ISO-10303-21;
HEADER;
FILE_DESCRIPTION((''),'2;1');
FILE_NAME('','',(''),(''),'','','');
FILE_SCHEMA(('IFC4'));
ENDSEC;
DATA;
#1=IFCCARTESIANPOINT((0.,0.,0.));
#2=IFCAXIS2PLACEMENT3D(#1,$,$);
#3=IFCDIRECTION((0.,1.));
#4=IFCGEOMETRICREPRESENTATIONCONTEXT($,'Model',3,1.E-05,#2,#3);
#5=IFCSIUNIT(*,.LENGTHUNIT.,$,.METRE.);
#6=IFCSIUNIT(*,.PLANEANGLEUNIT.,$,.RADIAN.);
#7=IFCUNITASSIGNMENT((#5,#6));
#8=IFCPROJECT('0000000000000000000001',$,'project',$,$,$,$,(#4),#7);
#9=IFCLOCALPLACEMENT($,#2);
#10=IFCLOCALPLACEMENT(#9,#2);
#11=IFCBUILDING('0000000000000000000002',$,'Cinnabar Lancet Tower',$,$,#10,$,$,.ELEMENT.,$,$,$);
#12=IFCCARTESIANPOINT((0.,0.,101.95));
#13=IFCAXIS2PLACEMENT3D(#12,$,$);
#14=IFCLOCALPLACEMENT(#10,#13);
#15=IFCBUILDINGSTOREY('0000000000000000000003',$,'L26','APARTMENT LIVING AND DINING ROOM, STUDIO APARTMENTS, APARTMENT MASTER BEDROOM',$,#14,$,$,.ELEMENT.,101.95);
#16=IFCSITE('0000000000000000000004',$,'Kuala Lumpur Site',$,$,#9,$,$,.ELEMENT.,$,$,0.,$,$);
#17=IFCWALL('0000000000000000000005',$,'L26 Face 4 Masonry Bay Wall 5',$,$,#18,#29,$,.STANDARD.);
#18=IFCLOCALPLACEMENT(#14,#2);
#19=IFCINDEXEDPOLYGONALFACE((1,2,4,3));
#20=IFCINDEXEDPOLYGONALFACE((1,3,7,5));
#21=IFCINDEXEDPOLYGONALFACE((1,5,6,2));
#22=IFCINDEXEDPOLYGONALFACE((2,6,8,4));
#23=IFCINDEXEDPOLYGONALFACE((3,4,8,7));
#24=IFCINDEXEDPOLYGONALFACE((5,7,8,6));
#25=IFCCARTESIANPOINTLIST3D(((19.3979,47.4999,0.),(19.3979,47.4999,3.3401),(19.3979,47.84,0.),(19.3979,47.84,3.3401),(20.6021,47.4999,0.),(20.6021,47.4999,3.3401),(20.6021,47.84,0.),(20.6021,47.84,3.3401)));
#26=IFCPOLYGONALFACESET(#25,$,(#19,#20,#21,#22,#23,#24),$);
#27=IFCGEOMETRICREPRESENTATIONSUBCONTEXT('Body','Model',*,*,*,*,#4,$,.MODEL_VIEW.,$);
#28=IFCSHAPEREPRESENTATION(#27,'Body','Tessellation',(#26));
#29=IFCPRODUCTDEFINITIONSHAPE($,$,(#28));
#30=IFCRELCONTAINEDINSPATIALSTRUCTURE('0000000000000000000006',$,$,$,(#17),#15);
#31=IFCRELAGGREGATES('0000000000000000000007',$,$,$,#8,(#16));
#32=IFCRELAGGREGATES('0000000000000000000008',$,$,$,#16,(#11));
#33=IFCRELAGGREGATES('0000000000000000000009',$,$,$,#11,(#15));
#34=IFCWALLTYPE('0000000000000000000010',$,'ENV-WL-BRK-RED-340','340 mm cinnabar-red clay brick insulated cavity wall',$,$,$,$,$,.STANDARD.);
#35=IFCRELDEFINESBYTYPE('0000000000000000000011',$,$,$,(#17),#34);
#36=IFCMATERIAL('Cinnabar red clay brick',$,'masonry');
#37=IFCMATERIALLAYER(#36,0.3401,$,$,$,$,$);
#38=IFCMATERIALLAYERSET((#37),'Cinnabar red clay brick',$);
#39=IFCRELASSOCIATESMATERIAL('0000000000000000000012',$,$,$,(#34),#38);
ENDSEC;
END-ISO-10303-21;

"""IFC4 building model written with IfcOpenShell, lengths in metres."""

from ifc_helpers import new_model, si_unit, direction, frame, frame_2d, origin, place, context, subcontext, project, spatial, rectangle, extrude, material, layer, layer_set, type_object, element, save


model = new_model("IFC4")

# Units and contexts
model_context = context("Model", 3, precision=1e-05, world=origin(), true_north=direction((0.0, 1.0)))
body_context = subcontext(model_context, "Body", "Model", "MODEL_VIEW")
ifc_project = project(units=[si_unit("LENGTHUNIT", "METRE"), si_unit("PLANEANGLEUNIT", "RADIAN")], contexts=[model_context])

# Site, building, storey
site_placement = place(None, origin())
site = spatial("IfcSite", under=ifc_project, at=site_placement, Name="Kuala Lumpur Site", CompositionType="ELEMENT", RefElevation=0.0)
building_placement = place(site_placement, origin())
building = spatial("IfcBuilding", under=site, at=building_placement, Name="Cinnabar Lancet Tower", CompositionType="ELEMENT")
storey_placement = place(building_placement, frame((0.0, 0.0, 101.95)))
storey = spatial("IfcBuildingStorey", under=building, at=storey_placement, Name="L26", Description="APARTMENT LIVING AND DINING ROOM, STUDIO APARTMENTS, APARTMENT MASTER BEDROOM", CompositionType="ELEMENT", Elevation=101.95)

# Shared definitions
ifc_material_1 = material(Name="Cinnabar red clay brick", Category="masonry")
ifc_layer_1 = layer(ifc_material_1, 0.3401)
ifc_layer_set_1 = layer_set([ifc_layer_1], Name="Cinnabar red clay brick")
wall_type_1 = type_object("IfcWallType", Name="ENV-WL-BRK-RED-340", Description="340 mm cinnabar-red clay brick insulated cavity wall", PredefinedType="STANDARD", material=ifc_layer_set_1)

# Wall
wall_1_placement = place(storey_placement, frame((20.6021, 47.6699, 0.0), z_axis=(0.0, 0.0, 1.0), x_axis=(-1.0, 0.0, 0.0)))
element("IfcWall", 1, at=wall_1_placement, inside=storey, type_object=wall_type_1, Name="L26 Face 4 Masonry Bay Wall 5", PredefinedType="STANDARD", context=body_context, shape_type="SweptSolid", body=[
    extrude(rectangle(XDim=1.2041, YDim=0.3401, at=frame_2d((0.6021, 0.0))), origin(), (0.0, 0.0, 1.0), 3.3401),
])

save(model, "model.ifc")
